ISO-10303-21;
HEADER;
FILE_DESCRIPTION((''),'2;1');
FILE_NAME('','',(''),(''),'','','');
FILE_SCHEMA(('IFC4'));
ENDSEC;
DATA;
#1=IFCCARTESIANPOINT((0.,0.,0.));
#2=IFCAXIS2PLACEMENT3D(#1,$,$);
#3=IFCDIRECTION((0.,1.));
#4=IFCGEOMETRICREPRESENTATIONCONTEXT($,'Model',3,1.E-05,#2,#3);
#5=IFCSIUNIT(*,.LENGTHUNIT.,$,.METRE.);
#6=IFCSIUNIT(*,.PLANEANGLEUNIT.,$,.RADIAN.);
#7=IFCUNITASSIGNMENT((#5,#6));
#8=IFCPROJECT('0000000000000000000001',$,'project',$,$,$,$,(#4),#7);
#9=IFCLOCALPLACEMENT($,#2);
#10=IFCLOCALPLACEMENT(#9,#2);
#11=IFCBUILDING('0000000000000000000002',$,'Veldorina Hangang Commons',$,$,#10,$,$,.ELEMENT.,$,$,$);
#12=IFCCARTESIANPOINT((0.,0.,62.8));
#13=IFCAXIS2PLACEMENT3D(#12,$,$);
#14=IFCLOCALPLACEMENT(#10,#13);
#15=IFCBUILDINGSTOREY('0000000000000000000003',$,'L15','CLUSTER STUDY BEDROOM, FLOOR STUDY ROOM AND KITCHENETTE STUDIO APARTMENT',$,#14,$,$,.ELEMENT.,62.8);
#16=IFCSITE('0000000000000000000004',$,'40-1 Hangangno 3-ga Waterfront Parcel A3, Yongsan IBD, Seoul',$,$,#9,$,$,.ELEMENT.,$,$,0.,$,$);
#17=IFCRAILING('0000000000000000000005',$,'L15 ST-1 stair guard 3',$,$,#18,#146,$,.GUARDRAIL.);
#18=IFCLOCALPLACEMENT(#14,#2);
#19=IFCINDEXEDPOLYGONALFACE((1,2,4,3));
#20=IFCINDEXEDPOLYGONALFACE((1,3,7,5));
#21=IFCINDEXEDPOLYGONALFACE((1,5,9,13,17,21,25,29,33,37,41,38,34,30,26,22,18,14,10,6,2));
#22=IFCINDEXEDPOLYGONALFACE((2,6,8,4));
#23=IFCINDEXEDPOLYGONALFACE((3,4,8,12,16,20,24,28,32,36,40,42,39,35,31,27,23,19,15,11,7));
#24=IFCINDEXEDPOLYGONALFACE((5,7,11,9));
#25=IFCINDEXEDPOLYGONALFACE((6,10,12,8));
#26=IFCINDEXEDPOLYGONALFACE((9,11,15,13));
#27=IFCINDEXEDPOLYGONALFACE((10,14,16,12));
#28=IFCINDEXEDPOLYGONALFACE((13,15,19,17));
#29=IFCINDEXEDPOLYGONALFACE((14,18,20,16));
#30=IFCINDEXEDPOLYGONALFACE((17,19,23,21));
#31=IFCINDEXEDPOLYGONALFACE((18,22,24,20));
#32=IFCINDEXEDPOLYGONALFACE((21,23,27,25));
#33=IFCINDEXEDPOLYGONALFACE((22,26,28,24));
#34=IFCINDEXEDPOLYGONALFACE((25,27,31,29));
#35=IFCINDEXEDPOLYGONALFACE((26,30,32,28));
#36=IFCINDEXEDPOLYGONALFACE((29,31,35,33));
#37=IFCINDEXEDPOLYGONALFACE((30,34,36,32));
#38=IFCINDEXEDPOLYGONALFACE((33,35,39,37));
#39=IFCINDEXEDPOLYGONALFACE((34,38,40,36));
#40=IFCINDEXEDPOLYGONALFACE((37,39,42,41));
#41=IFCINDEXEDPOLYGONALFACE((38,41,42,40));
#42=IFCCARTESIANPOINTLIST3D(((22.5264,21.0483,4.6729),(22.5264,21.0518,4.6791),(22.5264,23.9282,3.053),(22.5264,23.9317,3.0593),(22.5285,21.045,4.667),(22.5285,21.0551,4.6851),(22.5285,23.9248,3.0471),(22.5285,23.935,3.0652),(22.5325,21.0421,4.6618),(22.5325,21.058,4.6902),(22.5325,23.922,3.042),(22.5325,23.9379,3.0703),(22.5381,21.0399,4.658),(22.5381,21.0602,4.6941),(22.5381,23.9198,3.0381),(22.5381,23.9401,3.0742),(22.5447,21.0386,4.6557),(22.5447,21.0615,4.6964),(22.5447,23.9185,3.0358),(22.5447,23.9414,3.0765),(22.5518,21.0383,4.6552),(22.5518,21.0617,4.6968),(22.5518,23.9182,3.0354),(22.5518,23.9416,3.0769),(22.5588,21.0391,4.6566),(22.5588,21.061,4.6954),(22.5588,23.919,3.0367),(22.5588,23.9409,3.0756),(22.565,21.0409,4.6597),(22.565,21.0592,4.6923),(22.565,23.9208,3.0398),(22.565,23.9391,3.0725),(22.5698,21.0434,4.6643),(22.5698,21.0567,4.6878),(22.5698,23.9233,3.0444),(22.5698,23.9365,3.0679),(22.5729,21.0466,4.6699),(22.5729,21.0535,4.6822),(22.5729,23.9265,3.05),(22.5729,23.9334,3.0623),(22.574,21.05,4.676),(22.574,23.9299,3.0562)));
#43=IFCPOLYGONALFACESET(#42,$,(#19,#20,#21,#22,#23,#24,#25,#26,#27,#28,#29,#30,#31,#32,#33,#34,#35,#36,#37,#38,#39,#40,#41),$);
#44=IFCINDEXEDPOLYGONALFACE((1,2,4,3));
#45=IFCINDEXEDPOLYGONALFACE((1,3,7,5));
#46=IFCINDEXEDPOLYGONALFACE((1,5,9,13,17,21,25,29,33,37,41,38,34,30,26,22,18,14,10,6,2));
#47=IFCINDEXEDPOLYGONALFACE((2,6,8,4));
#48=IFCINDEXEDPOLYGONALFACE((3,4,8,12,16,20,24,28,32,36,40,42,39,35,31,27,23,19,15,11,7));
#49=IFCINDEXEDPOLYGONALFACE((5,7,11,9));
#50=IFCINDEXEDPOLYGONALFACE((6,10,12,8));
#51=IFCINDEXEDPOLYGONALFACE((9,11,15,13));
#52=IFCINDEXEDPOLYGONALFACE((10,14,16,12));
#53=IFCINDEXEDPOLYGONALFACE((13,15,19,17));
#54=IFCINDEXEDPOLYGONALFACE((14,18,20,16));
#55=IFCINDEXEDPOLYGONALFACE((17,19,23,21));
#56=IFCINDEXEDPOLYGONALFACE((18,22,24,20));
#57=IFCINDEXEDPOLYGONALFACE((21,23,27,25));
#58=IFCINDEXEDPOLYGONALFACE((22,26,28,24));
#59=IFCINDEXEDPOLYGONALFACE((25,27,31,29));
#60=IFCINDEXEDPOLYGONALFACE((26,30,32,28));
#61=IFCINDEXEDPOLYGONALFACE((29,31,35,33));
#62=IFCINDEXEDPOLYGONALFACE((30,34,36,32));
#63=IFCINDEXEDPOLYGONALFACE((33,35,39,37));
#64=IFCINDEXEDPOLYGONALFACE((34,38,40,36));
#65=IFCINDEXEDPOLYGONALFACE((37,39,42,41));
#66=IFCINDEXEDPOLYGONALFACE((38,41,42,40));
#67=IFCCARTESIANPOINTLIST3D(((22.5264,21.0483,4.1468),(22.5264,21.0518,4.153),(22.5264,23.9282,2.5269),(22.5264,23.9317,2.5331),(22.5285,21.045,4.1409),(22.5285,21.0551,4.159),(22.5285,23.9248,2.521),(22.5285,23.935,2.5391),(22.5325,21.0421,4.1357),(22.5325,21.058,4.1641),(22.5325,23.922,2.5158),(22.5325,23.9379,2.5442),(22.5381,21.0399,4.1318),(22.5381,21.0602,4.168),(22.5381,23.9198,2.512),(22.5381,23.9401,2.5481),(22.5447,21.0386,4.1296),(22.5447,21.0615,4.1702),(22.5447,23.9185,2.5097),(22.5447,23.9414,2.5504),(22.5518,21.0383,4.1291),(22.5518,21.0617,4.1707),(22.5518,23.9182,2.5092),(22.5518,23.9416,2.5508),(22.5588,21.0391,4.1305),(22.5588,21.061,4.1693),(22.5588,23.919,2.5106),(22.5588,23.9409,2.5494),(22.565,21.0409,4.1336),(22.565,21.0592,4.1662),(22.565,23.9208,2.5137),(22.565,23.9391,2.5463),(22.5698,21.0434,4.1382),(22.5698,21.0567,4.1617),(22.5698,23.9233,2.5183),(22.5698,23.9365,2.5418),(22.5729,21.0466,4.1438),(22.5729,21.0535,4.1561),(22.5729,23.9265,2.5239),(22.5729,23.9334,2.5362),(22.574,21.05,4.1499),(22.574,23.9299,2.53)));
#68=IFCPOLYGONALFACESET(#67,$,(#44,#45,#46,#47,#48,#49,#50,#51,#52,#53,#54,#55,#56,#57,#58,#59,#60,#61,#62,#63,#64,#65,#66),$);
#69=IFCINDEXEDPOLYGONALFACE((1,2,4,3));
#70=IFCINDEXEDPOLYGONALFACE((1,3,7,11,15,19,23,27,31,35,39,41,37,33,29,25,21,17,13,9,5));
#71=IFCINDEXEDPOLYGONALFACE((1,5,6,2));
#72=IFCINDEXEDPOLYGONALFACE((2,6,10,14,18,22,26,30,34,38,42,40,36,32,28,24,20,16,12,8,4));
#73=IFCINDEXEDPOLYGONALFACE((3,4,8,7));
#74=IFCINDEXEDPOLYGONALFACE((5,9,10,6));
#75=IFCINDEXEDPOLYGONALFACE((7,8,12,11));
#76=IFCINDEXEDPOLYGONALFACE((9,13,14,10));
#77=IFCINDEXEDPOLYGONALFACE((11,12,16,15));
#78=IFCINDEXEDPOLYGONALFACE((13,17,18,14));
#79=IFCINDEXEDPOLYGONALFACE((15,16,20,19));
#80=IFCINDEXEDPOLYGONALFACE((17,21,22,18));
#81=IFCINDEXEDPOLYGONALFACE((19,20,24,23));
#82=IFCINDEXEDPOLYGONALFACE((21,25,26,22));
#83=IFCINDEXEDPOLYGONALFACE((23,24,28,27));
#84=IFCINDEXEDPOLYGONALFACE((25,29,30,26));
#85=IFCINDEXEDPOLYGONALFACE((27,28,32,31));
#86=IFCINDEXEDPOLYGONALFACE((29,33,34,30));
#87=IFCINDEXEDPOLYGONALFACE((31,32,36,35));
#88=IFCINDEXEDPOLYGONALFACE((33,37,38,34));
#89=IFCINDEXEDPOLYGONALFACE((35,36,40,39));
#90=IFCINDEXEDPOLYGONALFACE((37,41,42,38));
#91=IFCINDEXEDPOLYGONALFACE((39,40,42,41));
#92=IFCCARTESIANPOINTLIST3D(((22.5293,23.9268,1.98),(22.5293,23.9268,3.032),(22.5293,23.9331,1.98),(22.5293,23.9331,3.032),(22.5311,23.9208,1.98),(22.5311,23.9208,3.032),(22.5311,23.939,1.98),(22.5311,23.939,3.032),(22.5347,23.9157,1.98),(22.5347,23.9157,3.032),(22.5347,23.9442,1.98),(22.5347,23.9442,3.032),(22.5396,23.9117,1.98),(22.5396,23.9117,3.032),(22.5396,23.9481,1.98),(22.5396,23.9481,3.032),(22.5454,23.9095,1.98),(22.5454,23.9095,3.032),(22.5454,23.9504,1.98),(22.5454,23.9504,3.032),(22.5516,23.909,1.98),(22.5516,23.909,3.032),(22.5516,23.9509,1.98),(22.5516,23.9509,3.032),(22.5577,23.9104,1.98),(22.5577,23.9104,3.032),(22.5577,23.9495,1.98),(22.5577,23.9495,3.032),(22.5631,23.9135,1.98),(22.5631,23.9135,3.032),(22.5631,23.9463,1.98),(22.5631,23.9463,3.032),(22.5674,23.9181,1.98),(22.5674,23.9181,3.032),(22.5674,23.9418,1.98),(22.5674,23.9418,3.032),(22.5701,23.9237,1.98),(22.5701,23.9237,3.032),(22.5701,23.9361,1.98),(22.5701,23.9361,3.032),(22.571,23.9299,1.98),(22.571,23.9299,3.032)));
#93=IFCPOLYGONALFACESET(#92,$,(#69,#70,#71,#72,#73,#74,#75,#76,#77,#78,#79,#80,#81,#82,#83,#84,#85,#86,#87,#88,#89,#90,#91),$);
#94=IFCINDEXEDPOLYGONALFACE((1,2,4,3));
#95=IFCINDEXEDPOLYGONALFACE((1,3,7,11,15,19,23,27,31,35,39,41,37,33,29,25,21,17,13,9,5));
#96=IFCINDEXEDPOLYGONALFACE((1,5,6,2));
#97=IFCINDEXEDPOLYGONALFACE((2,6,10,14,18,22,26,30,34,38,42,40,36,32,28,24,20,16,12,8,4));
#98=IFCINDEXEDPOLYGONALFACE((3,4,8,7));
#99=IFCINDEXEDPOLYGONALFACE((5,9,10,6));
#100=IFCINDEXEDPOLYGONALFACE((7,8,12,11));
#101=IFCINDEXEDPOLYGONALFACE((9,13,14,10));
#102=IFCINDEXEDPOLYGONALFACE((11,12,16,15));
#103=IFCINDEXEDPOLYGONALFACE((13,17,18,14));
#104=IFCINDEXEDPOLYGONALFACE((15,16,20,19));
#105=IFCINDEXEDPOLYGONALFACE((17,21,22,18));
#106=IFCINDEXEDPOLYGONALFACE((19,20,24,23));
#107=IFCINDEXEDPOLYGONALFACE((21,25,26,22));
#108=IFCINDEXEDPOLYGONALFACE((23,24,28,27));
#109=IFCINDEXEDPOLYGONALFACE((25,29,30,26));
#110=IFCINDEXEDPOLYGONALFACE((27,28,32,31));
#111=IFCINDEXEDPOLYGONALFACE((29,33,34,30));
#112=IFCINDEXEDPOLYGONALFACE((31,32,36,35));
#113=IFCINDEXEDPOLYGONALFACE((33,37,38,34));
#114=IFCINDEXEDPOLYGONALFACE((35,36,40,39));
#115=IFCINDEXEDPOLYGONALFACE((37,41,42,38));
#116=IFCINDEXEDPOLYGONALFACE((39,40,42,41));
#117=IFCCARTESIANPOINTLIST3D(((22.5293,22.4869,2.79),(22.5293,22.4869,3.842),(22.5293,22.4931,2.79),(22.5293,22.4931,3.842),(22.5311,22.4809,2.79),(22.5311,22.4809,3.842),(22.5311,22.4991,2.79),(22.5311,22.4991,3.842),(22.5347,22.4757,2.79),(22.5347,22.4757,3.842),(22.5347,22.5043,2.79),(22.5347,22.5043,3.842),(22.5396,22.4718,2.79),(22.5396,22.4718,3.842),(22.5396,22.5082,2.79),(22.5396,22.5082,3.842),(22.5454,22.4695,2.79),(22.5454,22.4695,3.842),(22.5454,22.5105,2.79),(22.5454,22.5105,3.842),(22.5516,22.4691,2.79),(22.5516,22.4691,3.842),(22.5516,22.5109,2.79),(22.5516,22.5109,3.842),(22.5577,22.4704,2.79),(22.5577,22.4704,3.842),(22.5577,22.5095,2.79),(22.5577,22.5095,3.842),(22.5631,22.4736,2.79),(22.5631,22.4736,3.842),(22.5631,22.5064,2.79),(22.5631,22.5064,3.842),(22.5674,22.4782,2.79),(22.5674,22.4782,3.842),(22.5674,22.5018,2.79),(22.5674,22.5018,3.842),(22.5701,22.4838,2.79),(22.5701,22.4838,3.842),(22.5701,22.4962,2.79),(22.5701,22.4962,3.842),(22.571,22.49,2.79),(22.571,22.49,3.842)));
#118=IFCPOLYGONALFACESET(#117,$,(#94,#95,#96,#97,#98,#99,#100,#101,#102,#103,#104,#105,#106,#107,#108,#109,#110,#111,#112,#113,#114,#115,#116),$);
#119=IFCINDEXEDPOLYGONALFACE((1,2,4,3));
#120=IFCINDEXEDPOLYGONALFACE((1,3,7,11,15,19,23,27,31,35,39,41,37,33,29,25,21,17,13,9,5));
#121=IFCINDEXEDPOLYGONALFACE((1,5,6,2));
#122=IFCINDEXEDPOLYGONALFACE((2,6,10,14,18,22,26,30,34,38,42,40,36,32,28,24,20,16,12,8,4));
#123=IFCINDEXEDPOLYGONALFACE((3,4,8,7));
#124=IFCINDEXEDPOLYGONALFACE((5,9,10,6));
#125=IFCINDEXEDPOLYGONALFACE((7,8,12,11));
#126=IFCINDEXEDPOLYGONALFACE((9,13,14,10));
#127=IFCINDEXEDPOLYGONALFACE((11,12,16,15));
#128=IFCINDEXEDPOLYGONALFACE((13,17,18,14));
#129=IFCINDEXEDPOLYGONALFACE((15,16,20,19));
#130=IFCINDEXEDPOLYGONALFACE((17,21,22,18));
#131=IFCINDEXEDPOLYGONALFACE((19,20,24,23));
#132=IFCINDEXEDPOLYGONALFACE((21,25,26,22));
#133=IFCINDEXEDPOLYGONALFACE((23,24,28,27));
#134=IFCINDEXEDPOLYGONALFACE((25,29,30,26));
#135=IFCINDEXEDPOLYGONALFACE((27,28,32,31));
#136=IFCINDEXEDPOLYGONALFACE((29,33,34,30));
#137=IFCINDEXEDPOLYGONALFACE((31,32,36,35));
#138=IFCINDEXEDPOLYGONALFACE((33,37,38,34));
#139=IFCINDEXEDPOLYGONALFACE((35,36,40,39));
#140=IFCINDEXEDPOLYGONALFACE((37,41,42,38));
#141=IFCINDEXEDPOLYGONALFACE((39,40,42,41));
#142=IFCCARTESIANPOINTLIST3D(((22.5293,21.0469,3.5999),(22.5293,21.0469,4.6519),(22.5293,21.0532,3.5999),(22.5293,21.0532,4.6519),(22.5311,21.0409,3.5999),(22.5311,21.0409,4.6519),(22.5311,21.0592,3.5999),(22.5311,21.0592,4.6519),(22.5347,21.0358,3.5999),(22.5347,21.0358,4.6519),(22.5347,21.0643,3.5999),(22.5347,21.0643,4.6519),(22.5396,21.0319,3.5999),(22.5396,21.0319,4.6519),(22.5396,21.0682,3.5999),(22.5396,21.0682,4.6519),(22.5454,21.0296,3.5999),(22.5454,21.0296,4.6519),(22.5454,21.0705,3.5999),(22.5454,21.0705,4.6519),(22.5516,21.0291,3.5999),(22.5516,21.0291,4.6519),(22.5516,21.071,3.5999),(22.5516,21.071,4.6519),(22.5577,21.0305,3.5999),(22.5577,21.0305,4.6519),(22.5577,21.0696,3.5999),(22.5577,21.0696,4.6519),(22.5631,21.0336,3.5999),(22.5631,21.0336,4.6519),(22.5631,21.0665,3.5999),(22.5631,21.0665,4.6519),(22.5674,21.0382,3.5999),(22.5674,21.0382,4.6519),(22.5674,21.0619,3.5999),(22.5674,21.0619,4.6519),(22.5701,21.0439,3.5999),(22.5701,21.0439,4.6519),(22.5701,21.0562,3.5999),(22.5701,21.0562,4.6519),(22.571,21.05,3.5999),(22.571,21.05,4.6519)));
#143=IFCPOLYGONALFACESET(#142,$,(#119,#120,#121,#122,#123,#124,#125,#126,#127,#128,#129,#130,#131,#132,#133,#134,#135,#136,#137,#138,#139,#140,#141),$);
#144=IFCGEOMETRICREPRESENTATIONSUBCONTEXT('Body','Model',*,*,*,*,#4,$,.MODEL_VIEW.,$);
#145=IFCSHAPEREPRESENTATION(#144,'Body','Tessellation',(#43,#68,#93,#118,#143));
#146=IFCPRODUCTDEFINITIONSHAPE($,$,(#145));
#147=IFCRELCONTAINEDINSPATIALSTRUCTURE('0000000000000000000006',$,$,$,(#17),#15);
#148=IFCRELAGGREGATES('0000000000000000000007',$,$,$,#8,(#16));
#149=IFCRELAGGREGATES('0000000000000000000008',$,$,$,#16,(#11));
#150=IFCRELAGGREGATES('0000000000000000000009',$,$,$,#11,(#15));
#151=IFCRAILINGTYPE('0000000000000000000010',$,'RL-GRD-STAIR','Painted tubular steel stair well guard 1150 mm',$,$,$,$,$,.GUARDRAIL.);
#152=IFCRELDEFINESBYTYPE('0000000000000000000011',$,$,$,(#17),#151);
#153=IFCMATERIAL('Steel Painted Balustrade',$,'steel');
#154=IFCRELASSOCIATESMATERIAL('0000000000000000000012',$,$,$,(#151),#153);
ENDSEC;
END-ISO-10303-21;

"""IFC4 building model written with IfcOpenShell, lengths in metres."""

from ifc_helpers import new_model, si_unit, direction, frame, origin, origin_2d, place, context, subcontext, project, spatial, circle, extrude, material, type_object, element, save


model = new_model("IFC4")

# Units and contexts
model_context = context("Model", 3, precision=1e-05, world=origin(), true_north=direction((0.0, 1.0)))
body_context = subcontext(model_context, "Body", "Model", "MODEL_VIEW")
ifc_project = project(units=[si_unit("LENGTHUNIT", "METRE"), si_unit("PLANEANGLEUNIT", "RADIAN")], contexts=[model_context])

# Site, building, storey
site_placement = place(None, origin())
site = spatial("IfcSite", under=ifc_project, at=site_placement, Name="40-1 Hangangno 3-ga Waterfront Parcel A3, Yongsan IBD, Seoul", CompositionType="ELEMENT", RefElevation=0.0)
building_placement = place(site_placement, origin())
building = spatial("IfcBuilding", under=site, at=building_placement, Name="Veldorina Hangang Commons", CompositionType="ELEMENT")
storey_placement = place(building_placement, frame((0.0, 0.0, 62.8)))
storey = spatial("IfcBuildingStorey", under=building, at=storey_placement, Name="L15", Description="CLUSTER STUDY BEDROOM, FLOOR STUDY ROOM AND KITCHENETTE STUDIO APARTMENT", CompositionType="ELEMENT", Elevation=62.8)

# Railing
ifc_material_1 = material(Name="Steel Painted Balustrade", Category="steel")
railing_type_1 = type_object("IfcRailingType", Name="RL-GRD-STAIR", Description="Painted tubular steel stair well guard 1150 mm", PredefinedType="GUARDRAIL", material=ifc_material_1)
railing_1_placement = place(storey_placement, frame((22.55, 23.9299, 1.98)))
element("IfcRailing", 1, at=railing_1_placement, inside=storey, type_object=railing_type_1, Name="L15 ST-1 stair guard 3", PredefinedType="GUARDRAIL", context=body_context, shape_type="SweptSolid", body=[
    extrude(circle(Radius=0.0239, at=origin_2d()), frame((0.0, 0.0, 1.0762), z_axis=(0.0, -0.871583, 0.490247), x_axis=(1.0, 0.0, 0.0)), (0.0, 0.0, 1.0), 3.3042),
    extrude(circle(Radius=0.0239, at=origin_2d()), frame((0.0, 0.0, 0.55), z_axis=(0.0, -0.871583, 0.490247), x_axis=(1.0, 0.0, 0.0)), (0.0, 0.0, 1.0), 3.3042),
    extrude(circle(Radius=0.021, at=origin_2d()), origin(), (0.0, 0.0, 1.0), 1.052),
    extrude(circle(Radius=0.021, at=origin_2d()), frame((0.0, -1.4399, 0.8101)), (0.0, 0.0, 1.0), 1.052),
    extrude(circle(Radius=0.021, at=origin_2d()), frame((0.0, -2.8799, 1.6199)), (0.0, 0.0, 1.0), 1.052),
])

save(model, "model.ifc")
